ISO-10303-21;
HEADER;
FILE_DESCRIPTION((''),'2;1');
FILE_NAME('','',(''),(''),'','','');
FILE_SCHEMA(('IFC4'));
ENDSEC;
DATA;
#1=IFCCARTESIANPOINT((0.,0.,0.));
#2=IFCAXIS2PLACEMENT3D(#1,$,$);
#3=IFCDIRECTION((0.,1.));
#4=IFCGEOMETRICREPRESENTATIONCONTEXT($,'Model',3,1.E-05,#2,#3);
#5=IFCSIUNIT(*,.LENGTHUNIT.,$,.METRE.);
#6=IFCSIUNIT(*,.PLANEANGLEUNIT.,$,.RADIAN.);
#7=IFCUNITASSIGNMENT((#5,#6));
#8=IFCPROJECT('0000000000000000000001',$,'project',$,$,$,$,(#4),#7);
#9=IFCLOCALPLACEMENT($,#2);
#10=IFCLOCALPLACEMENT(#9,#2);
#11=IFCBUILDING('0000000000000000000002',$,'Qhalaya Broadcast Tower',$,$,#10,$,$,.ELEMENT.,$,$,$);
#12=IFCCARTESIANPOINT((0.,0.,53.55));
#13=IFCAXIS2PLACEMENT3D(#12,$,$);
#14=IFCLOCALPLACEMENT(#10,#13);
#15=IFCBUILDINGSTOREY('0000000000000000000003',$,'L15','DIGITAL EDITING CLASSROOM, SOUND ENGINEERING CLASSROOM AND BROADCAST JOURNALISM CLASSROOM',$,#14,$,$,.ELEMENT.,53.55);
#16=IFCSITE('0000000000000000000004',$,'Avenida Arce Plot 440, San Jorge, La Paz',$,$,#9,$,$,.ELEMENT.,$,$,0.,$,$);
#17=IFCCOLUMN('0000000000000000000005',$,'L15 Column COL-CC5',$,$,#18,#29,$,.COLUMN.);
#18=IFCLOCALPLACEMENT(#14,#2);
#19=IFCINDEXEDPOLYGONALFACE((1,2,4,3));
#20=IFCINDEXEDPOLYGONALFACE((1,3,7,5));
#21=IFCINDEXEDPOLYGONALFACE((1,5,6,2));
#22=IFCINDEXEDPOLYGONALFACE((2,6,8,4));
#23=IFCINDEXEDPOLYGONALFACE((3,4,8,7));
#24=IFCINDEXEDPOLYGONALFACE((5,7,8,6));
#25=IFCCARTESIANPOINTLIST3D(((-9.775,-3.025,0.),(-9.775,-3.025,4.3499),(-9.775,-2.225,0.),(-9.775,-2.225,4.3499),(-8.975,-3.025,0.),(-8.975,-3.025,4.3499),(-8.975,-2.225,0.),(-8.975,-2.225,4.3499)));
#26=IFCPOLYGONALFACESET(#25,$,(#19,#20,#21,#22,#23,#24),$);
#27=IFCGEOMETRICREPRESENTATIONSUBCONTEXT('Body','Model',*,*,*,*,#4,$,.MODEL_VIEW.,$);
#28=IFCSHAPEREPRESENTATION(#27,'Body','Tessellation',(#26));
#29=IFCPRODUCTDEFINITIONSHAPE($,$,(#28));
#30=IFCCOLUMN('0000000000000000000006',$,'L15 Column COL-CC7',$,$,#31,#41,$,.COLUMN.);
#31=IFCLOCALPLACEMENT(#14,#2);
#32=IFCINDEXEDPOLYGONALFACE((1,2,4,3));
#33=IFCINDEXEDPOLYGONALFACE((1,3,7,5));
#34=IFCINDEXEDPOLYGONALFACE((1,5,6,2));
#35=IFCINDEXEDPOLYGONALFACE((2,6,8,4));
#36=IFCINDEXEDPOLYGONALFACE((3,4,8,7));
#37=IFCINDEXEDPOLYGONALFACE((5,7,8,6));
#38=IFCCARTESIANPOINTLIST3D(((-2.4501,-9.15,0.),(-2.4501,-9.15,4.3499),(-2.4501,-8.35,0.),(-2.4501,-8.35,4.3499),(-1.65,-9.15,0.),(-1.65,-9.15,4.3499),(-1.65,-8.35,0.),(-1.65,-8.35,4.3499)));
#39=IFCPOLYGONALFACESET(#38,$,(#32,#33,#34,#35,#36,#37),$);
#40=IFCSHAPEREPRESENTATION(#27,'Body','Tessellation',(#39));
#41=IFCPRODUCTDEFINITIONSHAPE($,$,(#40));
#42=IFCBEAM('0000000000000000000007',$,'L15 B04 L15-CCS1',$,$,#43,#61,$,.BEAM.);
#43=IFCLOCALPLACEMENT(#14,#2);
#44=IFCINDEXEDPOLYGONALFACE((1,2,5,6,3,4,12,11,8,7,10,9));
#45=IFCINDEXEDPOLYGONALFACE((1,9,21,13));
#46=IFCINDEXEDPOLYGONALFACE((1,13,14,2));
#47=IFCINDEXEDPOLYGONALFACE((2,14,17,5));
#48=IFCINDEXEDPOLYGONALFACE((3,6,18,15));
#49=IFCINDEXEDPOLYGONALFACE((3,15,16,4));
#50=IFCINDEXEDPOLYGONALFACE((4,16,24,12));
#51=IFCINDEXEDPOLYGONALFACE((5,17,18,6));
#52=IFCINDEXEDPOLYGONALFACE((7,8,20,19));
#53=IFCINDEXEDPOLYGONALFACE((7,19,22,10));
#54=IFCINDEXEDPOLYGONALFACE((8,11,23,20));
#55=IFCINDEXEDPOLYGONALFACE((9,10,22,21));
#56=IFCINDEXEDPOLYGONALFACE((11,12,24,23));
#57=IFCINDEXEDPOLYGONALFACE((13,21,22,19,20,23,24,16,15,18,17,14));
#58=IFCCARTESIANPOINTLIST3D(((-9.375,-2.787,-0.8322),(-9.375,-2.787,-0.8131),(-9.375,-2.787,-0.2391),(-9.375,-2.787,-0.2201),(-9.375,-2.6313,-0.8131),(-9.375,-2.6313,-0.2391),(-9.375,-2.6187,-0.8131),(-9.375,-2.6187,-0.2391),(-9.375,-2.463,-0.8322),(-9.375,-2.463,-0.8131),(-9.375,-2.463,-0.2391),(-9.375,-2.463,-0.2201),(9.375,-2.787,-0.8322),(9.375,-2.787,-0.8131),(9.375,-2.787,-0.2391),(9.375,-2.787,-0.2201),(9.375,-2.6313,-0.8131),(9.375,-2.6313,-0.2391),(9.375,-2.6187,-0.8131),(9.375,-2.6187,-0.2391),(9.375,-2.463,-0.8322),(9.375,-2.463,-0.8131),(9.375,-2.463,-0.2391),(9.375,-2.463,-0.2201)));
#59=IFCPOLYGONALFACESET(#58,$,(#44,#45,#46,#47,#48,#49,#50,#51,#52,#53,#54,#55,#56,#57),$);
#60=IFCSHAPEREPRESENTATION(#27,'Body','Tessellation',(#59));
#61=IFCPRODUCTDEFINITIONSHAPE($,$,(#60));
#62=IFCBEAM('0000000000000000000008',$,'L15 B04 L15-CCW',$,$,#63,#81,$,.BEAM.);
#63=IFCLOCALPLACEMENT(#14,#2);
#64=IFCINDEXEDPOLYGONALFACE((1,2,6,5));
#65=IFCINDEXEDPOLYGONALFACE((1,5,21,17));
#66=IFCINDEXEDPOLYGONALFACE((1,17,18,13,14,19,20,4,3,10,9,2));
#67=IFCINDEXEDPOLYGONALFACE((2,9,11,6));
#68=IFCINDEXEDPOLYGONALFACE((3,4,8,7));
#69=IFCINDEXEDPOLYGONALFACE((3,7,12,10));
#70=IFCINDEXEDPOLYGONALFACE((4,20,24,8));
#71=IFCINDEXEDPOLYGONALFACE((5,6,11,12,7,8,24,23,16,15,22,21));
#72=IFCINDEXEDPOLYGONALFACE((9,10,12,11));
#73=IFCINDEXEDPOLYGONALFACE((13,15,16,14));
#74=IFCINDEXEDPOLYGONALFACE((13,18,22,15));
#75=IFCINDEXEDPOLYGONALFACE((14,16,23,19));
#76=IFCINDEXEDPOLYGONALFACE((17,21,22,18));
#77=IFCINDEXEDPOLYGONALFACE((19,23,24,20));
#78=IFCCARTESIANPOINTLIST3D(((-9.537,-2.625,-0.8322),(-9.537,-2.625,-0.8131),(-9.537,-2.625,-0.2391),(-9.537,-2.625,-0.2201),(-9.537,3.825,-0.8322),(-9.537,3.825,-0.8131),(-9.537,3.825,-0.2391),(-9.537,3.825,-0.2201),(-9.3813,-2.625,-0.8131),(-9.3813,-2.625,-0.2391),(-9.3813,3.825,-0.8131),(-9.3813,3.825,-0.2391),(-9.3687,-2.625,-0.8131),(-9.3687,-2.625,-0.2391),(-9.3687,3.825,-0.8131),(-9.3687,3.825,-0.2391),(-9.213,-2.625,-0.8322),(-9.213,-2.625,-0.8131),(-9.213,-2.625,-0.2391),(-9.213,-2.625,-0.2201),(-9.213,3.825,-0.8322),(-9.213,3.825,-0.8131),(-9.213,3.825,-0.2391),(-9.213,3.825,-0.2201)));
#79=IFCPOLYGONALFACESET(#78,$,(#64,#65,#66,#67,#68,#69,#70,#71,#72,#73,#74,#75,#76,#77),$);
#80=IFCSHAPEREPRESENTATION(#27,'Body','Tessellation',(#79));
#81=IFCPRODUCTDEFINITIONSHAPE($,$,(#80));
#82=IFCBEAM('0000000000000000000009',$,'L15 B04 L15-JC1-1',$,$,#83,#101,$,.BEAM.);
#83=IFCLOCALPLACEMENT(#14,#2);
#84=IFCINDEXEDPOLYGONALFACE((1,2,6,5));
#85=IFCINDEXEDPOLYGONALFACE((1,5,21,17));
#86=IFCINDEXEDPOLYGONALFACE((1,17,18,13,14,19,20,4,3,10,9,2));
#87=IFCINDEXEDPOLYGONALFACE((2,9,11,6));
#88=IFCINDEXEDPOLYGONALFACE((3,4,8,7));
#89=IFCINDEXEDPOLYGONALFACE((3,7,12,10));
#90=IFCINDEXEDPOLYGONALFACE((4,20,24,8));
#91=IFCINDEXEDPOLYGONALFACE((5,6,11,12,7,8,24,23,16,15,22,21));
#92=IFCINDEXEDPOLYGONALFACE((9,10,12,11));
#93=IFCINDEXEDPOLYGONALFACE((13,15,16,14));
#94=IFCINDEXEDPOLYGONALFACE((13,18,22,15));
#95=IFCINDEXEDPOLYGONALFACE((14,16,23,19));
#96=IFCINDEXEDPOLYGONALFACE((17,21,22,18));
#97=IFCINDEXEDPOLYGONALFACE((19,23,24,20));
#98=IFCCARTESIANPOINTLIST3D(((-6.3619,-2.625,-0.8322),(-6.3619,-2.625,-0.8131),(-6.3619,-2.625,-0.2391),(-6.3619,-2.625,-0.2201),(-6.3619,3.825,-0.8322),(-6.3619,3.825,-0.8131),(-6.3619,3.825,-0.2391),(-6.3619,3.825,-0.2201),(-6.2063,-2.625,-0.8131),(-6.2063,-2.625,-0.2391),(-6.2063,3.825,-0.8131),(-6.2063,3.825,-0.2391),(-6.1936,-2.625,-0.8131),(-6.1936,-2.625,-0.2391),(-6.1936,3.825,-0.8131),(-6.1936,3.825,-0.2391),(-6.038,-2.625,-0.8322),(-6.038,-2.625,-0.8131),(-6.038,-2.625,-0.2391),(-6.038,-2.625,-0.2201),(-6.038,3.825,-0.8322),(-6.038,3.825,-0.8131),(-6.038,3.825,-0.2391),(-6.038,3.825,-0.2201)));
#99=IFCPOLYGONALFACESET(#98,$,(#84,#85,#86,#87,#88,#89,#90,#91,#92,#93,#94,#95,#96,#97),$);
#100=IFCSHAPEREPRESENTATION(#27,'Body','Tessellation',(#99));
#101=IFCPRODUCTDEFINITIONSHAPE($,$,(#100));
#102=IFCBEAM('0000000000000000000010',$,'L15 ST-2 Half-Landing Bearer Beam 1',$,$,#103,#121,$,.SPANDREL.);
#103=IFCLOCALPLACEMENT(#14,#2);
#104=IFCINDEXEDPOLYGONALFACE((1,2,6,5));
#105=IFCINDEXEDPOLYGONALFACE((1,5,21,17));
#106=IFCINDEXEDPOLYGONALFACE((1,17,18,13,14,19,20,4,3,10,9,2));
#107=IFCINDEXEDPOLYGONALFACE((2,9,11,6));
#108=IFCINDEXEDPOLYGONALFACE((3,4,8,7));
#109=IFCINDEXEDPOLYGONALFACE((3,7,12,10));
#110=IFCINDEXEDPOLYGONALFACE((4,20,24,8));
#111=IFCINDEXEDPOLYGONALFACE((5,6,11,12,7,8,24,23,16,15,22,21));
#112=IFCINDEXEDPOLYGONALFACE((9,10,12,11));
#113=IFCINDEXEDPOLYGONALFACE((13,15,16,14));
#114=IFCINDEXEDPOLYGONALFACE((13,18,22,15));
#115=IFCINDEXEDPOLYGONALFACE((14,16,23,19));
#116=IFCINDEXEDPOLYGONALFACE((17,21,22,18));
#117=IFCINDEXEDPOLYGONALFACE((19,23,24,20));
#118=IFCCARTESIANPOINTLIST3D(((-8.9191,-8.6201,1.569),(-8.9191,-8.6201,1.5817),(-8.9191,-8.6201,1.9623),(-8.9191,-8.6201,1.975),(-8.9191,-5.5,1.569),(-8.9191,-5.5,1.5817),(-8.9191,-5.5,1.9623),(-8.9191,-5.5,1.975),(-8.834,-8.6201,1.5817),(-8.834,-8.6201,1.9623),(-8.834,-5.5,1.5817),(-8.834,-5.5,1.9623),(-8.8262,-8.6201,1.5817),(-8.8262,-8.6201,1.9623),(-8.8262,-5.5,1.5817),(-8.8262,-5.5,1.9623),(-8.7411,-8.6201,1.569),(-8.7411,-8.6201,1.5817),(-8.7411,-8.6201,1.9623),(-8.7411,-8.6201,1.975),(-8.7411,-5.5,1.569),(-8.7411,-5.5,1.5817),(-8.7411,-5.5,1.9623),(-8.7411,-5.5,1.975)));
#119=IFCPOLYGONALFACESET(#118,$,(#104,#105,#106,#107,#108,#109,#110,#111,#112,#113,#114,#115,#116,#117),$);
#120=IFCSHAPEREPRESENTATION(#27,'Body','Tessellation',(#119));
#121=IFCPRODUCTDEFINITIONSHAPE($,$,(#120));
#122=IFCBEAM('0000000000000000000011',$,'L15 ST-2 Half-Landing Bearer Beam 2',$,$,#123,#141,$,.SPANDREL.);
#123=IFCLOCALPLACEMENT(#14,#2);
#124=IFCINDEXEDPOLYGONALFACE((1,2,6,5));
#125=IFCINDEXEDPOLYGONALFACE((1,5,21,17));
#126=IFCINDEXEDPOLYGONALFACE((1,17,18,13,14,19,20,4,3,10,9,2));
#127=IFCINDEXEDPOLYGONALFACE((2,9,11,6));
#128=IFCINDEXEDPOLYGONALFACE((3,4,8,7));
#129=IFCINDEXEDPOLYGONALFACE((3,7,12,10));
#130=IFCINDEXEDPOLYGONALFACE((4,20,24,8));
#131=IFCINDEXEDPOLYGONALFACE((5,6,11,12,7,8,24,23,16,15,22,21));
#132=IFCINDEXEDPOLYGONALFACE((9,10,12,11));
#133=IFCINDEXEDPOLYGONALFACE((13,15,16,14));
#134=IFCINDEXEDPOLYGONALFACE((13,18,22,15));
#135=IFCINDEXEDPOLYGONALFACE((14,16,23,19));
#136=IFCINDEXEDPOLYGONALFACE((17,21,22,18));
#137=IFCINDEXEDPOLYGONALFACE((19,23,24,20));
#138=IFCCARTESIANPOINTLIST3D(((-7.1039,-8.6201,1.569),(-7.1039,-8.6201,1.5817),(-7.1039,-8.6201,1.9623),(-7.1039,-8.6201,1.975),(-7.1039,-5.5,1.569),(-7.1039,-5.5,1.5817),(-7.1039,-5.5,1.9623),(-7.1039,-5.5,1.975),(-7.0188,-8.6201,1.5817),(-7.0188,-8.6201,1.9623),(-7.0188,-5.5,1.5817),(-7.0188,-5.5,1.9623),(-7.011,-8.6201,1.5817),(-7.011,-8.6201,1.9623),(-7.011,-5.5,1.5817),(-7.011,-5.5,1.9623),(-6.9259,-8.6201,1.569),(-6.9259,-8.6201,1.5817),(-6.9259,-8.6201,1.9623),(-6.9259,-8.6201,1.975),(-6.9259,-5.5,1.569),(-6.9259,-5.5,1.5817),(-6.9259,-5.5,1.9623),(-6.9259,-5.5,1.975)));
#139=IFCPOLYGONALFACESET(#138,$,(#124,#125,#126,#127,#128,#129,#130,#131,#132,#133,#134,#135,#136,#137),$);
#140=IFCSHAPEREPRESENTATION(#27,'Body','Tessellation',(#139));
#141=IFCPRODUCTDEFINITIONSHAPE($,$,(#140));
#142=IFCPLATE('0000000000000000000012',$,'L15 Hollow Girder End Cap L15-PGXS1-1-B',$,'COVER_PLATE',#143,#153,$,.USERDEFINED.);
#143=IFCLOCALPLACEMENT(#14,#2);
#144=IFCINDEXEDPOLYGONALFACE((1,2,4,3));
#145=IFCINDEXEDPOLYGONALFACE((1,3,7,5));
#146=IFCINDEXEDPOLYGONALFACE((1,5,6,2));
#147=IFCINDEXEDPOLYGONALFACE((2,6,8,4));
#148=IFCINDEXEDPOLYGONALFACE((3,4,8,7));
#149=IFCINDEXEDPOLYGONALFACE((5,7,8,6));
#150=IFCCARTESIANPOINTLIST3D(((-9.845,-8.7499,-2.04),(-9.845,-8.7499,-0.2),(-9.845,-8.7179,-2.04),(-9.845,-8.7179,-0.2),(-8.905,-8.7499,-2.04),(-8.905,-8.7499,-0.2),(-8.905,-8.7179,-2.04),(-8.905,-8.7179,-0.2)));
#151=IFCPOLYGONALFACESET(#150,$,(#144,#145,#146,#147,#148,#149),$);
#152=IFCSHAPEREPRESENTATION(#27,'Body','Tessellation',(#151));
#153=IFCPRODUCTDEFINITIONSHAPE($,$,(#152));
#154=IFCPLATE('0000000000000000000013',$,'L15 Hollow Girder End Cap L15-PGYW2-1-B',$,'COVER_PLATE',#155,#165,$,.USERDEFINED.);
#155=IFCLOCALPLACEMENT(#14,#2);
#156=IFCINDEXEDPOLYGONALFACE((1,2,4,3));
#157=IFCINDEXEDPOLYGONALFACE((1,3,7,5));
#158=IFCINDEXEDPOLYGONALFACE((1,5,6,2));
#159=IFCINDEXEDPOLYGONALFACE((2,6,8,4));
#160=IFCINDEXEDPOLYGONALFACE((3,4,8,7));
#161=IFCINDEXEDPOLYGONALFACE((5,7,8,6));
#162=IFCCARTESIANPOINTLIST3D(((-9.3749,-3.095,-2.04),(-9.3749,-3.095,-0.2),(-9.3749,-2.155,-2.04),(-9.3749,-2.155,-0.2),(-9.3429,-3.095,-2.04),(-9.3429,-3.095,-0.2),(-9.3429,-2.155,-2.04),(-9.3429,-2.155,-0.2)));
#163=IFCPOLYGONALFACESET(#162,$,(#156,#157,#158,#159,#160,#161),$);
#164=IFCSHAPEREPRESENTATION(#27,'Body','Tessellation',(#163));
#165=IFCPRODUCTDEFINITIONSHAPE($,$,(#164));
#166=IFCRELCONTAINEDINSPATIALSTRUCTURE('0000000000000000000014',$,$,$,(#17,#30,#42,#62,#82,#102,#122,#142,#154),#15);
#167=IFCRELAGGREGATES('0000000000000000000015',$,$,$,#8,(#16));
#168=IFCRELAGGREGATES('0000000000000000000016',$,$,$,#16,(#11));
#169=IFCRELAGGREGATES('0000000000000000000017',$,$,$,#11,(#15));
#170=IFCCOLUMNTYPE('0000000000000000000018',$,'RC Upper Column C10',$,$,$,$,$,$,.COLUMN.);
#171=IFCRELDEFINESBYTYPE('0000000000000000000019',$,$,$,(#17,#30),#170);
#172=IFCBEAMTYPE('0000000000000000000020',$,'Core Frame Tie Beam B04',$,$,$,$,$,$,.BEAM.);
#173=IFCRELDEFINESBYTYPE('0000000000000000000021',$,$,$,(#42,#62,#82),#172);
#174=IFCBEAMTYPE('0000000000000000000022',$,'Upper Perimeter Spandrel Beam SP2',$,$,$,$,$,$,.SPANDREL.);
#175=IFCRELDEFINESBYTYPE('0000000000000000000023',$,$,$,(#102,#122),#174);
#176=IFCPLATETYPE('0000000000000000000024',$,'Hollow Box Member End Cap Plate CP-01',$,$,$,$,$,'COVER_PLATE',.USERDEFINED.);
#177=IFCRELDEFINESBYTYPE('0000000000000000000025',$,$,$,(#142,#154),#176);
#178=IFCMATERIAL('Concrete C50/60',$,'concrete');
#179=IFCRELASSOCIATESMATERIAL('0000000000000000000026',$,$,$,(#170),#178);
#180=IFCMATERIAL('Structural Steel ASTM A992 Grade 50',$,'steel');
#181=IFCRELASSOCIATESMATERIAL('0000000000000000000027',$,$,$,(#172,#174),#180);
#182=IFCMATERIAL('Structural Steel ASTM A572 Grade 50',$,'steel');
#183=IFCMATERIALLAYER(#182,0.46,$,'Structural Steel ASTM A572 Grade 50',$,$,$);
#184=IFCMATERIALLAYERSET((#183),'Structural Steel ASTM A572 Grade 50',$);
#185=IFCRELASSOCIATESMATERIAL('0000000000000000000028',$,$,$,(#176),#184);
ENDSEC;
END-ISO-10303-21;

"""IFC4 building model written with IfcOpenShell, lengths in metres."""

from ifc_helpers import new_model, si_unit, direction, frame, origin, origin_2d, place, context, subcontext, project, spatial, rectangle, i_section, extrude, material, layer, layer_set, material_profile, profile_set, type_object, element, save


model = new_model("IFC4")

# Units and contexts
model_context = context("Model", 3, precision=1e-05, world=origin(), true_north=direction((0.0, 1.0)))
body_context = subcontext(model_context, "Body", "Model", "MODEL_VIEW")
ifc_project = project(units=[si_unit("LENGTHUNIT", "METRE"), si_unit("PLANEANGLEUNIT", "RADIAN")], contexts=[model_context])

# Site, building, storey
site_placement = place(None, origin())
site = spatial("IfcSite", under=ifc_project, at=site_placement, Name="Avenida Arce Plot 440, San Jorge, La Paz", CompositionType="ELEMENT", RefElevation=0.0)
building_placement = place(site_placement, origin())
building = spatial("IfcBuilding", under=site, at=building_placement, Name="Qhalaya Broadcast Tower", CompositionType="ELEMENT")
storey_placement = place(building_placement, frame((0.0, 0.0, 53.55)))
storey = spatial("IfcBuildingStorey", under=building, at=storey_placement, Name="L15", Description="DIGITAL EDITING CLASSROOM, SOUND ENGINEERING CLASSROOM AND BROADCAST JOURNALISM CLASSROOM", CompositionType="ELEMENT", Elevation=53.55)

# Columns
ifc_material_1 = material(Name="Concrete C50/60", Category="concrete")
ifc_material_profile_1 = material_profile(ifc_material_1, rectangle(XDim=0.8, YDim=0.8, at=origin_2d()), Name="RC-COL 800x800")
ifc_profile_set_1 = profile_set([ifc_material_profile_1], Name="Concrete C50/60")
column_type = type_object("IfcColumnType", Name="RC Upper Column C10", PredefinedType="COLUMN", material=ifc_profile_set_1)
for number, where, z_axis, x_axis, name in (
    (1, (-9.375, -2.625, 0.0), (0.0, 0.0, 1.0), (1.0, 0.0, 0.0), "L15 Column COL-CC5"),
    (2, (-2.05, -8.75, 0.0), (0.0, 0.0, 1.0), (1.0, 0.0, 0.0), "L15 Column COL-CC7"),
):
    element("IfcColumn", number, at=place(storey_placement, frame(where, z_axis=z_axis, x_axis=x_axis)), inside=storey, type_object=column_type, Name=name, PredefinedType="COLUMN", context=body_context, shape_type="SweptSolid", body=[
        extrude(rectangle(XDim=0.8, YDim=0.8, at=origin_2d()), origin(), (0.0, 0.0, 1.0), 4.3499),
    ])

# Beams
ifc_material_2 = material(Name="Structural Steel ASTM A992 Grade 50", Category="steel")
ifc_material_profile_2 = material_profile(ifc_material_2, i_section(OverallWidth=0.324, OverallDepth=0.6121, WebThickness=0.0127, FlangeThickness=0.019, at=origin_2d()), Name="W24X104")
ifc_profile_set_2 = profile_set([ifc_material_profile_2], Name="Structural Steel ASTM A992 Grade 50")
beam_type_1 = type_object("IfcBeamType", Name="Core Frame Tie Beam B04", PredefinedType="BEAM", material=ifc_profile_set_2)
beam_placement = place(storey_placement, frame((-9.375, -2.625, -0.5261), z_axis=(1.0, 0.0, 0.0), x_axis=(0.0, 1.0, 0.0)))
element("IfcBeam", 3, at=beam_placement, inside=storey, type_object=beam_type_1, Name="L15 B04 L15-CCS1", PredefinedType="BEAM", context=body_context, shape_type="SweptSolid", body=[
    extrude(i_section(OverallWidth=0.324, OverallDepth=0.6121, WebThickness=0.0127, FlangeThickness=0.019, at=origin_2d()), origin(), (0.0, 0.0, 1.0), 18.75),
])
for number, where, z_axis, x_axis, name in (
    (4, (-9.375, -2.625, -0.5261), (0.0, 1.0, 0.0), (-1.0, 0.0, 0.0), "L15 B04 L15-CCW"),
    (5, (-6.2, -2.625, -0.5261), (0.0, 1.0, 0.0), (-1.0, 0.0, 0.0), "L15 B04 L15-JC1-1"),
):
    element("IfcBeam", number, at=place(storey_placement, frame(where, z_axis=z_axis, x_axis=x_axis)), inside=storey, type_object=beam_type_1, Name=name, PredefinedType="BEAM", context=body_context, shape_type="SweptSolid", body=[
        extrude(i_section(OverallWidth=0.324, OverallDepth=0.6121, WebThickness=0.0127, FlangeThickness=0.019, at=origin_2d()), origin(), (0.0, 0.0, 1.0), 6.45),
    ])
ifc_material_profile_3 = material_profile(ifc_material_2, i_section(OverallWidth=0.178, OverallDepth=0.406, WebThickness=0.0078, FlangeThickness=0.0127, at=origin_2d()), Name="W16X40")
ifc_profile_set_3 = profile_set([ifc_material_profile_3], Name="Structural Steel ASTM A992 Grade 50")
beam_type_2 = type_object("IfcBeamType", Name="Upper Perimeter Spandrel Beam SP2", PredefinedType="SPANDREL", material=ifc_profile_set_3)
for number, where, z_axis, x_axis, name in (
    (6, (-8.8301, -8.6201, 1.772), (0.0, 1.0, 0.0), (-1.0, 0.0, 0.0), "L15 ST-2 Half-Landing Bearer Beam 1"),
    (7, (-7.0149, -8.6201, 1.772), (0.0, 1.0, 0.0), (-1.0, 0.0, 0.0), "L15 ST-2 Half-Landing Bearer Beam 2"),
):
    element("IfcBeam", number, at=place(storey_placement, frame(where, z_axis=z_axis, x_axis=x_axis)), inside=storey, type_object=beam_type_2, Name=name, PredefinedType="SPANDREL", context=body_context, shape_type="SweptSolid", body=[
        extrude(i_section(OverallWidth=0.178, OverallDepth=0.406, WebThickness=0.0078, FlangeThickness=0.0127, at=origin_2d()), origin(), (0.0, 0.0, 1.0), 3.1201),
    ])

# Plates
ifc_material_3 = material(Name="Structural Steel ASTM A572 Grade 50", Category="steel")
ifc_layer_1 = layer(ifc_material_3, 0.46, Name="Structural Steel ASTM A572 Grade 50")
ifc_layer_set_1 = layer_set([ifc_layer_1], Name="Structural Steel ASTM A572 Grade 50")
plate_type = type_object("IfcPlateType", Name="Hollow Box Member End Cap Plate CP-01", ElementType="COVER_PLATE", PredefinedType="USERDEFINED", material=ifc_layer_set_1)
for number, where, z_axis, x_axis, name in (
    (8, (-9.375, -8.7339, -2.04), (0.0, 0.0, 1.0), (-1.0, 0.0, 0.0), "L15 Hollow Girder End Cap L15-PGXS1-1-B"),
    (9, (-9.3589, -2.625, -2.04), (0.0, 0.0, 1.0), (0.0, 1.0, 0.0), "L15 Hollow Girder End Cap L15-PGYW2-1-B"),
):
    element("IfcPlate", number, at=place(storey_placement, frame(where, z_axis=z_axis, x_axis=x_axis)), inside=storey, type_object=plate_type, Name=name, ObjectType="COVER_PLATE", PredefinedType="USERDEFINED", context=body_context, shape_type="SweptSolid", body=[
        extrude(rectangle(XDim=0.9399, YDim=0.032, at=origin_2d()), origin(), (0.0, 0.0, 1.0), 1.8401),
    ])

save(model, "model.ifc")
